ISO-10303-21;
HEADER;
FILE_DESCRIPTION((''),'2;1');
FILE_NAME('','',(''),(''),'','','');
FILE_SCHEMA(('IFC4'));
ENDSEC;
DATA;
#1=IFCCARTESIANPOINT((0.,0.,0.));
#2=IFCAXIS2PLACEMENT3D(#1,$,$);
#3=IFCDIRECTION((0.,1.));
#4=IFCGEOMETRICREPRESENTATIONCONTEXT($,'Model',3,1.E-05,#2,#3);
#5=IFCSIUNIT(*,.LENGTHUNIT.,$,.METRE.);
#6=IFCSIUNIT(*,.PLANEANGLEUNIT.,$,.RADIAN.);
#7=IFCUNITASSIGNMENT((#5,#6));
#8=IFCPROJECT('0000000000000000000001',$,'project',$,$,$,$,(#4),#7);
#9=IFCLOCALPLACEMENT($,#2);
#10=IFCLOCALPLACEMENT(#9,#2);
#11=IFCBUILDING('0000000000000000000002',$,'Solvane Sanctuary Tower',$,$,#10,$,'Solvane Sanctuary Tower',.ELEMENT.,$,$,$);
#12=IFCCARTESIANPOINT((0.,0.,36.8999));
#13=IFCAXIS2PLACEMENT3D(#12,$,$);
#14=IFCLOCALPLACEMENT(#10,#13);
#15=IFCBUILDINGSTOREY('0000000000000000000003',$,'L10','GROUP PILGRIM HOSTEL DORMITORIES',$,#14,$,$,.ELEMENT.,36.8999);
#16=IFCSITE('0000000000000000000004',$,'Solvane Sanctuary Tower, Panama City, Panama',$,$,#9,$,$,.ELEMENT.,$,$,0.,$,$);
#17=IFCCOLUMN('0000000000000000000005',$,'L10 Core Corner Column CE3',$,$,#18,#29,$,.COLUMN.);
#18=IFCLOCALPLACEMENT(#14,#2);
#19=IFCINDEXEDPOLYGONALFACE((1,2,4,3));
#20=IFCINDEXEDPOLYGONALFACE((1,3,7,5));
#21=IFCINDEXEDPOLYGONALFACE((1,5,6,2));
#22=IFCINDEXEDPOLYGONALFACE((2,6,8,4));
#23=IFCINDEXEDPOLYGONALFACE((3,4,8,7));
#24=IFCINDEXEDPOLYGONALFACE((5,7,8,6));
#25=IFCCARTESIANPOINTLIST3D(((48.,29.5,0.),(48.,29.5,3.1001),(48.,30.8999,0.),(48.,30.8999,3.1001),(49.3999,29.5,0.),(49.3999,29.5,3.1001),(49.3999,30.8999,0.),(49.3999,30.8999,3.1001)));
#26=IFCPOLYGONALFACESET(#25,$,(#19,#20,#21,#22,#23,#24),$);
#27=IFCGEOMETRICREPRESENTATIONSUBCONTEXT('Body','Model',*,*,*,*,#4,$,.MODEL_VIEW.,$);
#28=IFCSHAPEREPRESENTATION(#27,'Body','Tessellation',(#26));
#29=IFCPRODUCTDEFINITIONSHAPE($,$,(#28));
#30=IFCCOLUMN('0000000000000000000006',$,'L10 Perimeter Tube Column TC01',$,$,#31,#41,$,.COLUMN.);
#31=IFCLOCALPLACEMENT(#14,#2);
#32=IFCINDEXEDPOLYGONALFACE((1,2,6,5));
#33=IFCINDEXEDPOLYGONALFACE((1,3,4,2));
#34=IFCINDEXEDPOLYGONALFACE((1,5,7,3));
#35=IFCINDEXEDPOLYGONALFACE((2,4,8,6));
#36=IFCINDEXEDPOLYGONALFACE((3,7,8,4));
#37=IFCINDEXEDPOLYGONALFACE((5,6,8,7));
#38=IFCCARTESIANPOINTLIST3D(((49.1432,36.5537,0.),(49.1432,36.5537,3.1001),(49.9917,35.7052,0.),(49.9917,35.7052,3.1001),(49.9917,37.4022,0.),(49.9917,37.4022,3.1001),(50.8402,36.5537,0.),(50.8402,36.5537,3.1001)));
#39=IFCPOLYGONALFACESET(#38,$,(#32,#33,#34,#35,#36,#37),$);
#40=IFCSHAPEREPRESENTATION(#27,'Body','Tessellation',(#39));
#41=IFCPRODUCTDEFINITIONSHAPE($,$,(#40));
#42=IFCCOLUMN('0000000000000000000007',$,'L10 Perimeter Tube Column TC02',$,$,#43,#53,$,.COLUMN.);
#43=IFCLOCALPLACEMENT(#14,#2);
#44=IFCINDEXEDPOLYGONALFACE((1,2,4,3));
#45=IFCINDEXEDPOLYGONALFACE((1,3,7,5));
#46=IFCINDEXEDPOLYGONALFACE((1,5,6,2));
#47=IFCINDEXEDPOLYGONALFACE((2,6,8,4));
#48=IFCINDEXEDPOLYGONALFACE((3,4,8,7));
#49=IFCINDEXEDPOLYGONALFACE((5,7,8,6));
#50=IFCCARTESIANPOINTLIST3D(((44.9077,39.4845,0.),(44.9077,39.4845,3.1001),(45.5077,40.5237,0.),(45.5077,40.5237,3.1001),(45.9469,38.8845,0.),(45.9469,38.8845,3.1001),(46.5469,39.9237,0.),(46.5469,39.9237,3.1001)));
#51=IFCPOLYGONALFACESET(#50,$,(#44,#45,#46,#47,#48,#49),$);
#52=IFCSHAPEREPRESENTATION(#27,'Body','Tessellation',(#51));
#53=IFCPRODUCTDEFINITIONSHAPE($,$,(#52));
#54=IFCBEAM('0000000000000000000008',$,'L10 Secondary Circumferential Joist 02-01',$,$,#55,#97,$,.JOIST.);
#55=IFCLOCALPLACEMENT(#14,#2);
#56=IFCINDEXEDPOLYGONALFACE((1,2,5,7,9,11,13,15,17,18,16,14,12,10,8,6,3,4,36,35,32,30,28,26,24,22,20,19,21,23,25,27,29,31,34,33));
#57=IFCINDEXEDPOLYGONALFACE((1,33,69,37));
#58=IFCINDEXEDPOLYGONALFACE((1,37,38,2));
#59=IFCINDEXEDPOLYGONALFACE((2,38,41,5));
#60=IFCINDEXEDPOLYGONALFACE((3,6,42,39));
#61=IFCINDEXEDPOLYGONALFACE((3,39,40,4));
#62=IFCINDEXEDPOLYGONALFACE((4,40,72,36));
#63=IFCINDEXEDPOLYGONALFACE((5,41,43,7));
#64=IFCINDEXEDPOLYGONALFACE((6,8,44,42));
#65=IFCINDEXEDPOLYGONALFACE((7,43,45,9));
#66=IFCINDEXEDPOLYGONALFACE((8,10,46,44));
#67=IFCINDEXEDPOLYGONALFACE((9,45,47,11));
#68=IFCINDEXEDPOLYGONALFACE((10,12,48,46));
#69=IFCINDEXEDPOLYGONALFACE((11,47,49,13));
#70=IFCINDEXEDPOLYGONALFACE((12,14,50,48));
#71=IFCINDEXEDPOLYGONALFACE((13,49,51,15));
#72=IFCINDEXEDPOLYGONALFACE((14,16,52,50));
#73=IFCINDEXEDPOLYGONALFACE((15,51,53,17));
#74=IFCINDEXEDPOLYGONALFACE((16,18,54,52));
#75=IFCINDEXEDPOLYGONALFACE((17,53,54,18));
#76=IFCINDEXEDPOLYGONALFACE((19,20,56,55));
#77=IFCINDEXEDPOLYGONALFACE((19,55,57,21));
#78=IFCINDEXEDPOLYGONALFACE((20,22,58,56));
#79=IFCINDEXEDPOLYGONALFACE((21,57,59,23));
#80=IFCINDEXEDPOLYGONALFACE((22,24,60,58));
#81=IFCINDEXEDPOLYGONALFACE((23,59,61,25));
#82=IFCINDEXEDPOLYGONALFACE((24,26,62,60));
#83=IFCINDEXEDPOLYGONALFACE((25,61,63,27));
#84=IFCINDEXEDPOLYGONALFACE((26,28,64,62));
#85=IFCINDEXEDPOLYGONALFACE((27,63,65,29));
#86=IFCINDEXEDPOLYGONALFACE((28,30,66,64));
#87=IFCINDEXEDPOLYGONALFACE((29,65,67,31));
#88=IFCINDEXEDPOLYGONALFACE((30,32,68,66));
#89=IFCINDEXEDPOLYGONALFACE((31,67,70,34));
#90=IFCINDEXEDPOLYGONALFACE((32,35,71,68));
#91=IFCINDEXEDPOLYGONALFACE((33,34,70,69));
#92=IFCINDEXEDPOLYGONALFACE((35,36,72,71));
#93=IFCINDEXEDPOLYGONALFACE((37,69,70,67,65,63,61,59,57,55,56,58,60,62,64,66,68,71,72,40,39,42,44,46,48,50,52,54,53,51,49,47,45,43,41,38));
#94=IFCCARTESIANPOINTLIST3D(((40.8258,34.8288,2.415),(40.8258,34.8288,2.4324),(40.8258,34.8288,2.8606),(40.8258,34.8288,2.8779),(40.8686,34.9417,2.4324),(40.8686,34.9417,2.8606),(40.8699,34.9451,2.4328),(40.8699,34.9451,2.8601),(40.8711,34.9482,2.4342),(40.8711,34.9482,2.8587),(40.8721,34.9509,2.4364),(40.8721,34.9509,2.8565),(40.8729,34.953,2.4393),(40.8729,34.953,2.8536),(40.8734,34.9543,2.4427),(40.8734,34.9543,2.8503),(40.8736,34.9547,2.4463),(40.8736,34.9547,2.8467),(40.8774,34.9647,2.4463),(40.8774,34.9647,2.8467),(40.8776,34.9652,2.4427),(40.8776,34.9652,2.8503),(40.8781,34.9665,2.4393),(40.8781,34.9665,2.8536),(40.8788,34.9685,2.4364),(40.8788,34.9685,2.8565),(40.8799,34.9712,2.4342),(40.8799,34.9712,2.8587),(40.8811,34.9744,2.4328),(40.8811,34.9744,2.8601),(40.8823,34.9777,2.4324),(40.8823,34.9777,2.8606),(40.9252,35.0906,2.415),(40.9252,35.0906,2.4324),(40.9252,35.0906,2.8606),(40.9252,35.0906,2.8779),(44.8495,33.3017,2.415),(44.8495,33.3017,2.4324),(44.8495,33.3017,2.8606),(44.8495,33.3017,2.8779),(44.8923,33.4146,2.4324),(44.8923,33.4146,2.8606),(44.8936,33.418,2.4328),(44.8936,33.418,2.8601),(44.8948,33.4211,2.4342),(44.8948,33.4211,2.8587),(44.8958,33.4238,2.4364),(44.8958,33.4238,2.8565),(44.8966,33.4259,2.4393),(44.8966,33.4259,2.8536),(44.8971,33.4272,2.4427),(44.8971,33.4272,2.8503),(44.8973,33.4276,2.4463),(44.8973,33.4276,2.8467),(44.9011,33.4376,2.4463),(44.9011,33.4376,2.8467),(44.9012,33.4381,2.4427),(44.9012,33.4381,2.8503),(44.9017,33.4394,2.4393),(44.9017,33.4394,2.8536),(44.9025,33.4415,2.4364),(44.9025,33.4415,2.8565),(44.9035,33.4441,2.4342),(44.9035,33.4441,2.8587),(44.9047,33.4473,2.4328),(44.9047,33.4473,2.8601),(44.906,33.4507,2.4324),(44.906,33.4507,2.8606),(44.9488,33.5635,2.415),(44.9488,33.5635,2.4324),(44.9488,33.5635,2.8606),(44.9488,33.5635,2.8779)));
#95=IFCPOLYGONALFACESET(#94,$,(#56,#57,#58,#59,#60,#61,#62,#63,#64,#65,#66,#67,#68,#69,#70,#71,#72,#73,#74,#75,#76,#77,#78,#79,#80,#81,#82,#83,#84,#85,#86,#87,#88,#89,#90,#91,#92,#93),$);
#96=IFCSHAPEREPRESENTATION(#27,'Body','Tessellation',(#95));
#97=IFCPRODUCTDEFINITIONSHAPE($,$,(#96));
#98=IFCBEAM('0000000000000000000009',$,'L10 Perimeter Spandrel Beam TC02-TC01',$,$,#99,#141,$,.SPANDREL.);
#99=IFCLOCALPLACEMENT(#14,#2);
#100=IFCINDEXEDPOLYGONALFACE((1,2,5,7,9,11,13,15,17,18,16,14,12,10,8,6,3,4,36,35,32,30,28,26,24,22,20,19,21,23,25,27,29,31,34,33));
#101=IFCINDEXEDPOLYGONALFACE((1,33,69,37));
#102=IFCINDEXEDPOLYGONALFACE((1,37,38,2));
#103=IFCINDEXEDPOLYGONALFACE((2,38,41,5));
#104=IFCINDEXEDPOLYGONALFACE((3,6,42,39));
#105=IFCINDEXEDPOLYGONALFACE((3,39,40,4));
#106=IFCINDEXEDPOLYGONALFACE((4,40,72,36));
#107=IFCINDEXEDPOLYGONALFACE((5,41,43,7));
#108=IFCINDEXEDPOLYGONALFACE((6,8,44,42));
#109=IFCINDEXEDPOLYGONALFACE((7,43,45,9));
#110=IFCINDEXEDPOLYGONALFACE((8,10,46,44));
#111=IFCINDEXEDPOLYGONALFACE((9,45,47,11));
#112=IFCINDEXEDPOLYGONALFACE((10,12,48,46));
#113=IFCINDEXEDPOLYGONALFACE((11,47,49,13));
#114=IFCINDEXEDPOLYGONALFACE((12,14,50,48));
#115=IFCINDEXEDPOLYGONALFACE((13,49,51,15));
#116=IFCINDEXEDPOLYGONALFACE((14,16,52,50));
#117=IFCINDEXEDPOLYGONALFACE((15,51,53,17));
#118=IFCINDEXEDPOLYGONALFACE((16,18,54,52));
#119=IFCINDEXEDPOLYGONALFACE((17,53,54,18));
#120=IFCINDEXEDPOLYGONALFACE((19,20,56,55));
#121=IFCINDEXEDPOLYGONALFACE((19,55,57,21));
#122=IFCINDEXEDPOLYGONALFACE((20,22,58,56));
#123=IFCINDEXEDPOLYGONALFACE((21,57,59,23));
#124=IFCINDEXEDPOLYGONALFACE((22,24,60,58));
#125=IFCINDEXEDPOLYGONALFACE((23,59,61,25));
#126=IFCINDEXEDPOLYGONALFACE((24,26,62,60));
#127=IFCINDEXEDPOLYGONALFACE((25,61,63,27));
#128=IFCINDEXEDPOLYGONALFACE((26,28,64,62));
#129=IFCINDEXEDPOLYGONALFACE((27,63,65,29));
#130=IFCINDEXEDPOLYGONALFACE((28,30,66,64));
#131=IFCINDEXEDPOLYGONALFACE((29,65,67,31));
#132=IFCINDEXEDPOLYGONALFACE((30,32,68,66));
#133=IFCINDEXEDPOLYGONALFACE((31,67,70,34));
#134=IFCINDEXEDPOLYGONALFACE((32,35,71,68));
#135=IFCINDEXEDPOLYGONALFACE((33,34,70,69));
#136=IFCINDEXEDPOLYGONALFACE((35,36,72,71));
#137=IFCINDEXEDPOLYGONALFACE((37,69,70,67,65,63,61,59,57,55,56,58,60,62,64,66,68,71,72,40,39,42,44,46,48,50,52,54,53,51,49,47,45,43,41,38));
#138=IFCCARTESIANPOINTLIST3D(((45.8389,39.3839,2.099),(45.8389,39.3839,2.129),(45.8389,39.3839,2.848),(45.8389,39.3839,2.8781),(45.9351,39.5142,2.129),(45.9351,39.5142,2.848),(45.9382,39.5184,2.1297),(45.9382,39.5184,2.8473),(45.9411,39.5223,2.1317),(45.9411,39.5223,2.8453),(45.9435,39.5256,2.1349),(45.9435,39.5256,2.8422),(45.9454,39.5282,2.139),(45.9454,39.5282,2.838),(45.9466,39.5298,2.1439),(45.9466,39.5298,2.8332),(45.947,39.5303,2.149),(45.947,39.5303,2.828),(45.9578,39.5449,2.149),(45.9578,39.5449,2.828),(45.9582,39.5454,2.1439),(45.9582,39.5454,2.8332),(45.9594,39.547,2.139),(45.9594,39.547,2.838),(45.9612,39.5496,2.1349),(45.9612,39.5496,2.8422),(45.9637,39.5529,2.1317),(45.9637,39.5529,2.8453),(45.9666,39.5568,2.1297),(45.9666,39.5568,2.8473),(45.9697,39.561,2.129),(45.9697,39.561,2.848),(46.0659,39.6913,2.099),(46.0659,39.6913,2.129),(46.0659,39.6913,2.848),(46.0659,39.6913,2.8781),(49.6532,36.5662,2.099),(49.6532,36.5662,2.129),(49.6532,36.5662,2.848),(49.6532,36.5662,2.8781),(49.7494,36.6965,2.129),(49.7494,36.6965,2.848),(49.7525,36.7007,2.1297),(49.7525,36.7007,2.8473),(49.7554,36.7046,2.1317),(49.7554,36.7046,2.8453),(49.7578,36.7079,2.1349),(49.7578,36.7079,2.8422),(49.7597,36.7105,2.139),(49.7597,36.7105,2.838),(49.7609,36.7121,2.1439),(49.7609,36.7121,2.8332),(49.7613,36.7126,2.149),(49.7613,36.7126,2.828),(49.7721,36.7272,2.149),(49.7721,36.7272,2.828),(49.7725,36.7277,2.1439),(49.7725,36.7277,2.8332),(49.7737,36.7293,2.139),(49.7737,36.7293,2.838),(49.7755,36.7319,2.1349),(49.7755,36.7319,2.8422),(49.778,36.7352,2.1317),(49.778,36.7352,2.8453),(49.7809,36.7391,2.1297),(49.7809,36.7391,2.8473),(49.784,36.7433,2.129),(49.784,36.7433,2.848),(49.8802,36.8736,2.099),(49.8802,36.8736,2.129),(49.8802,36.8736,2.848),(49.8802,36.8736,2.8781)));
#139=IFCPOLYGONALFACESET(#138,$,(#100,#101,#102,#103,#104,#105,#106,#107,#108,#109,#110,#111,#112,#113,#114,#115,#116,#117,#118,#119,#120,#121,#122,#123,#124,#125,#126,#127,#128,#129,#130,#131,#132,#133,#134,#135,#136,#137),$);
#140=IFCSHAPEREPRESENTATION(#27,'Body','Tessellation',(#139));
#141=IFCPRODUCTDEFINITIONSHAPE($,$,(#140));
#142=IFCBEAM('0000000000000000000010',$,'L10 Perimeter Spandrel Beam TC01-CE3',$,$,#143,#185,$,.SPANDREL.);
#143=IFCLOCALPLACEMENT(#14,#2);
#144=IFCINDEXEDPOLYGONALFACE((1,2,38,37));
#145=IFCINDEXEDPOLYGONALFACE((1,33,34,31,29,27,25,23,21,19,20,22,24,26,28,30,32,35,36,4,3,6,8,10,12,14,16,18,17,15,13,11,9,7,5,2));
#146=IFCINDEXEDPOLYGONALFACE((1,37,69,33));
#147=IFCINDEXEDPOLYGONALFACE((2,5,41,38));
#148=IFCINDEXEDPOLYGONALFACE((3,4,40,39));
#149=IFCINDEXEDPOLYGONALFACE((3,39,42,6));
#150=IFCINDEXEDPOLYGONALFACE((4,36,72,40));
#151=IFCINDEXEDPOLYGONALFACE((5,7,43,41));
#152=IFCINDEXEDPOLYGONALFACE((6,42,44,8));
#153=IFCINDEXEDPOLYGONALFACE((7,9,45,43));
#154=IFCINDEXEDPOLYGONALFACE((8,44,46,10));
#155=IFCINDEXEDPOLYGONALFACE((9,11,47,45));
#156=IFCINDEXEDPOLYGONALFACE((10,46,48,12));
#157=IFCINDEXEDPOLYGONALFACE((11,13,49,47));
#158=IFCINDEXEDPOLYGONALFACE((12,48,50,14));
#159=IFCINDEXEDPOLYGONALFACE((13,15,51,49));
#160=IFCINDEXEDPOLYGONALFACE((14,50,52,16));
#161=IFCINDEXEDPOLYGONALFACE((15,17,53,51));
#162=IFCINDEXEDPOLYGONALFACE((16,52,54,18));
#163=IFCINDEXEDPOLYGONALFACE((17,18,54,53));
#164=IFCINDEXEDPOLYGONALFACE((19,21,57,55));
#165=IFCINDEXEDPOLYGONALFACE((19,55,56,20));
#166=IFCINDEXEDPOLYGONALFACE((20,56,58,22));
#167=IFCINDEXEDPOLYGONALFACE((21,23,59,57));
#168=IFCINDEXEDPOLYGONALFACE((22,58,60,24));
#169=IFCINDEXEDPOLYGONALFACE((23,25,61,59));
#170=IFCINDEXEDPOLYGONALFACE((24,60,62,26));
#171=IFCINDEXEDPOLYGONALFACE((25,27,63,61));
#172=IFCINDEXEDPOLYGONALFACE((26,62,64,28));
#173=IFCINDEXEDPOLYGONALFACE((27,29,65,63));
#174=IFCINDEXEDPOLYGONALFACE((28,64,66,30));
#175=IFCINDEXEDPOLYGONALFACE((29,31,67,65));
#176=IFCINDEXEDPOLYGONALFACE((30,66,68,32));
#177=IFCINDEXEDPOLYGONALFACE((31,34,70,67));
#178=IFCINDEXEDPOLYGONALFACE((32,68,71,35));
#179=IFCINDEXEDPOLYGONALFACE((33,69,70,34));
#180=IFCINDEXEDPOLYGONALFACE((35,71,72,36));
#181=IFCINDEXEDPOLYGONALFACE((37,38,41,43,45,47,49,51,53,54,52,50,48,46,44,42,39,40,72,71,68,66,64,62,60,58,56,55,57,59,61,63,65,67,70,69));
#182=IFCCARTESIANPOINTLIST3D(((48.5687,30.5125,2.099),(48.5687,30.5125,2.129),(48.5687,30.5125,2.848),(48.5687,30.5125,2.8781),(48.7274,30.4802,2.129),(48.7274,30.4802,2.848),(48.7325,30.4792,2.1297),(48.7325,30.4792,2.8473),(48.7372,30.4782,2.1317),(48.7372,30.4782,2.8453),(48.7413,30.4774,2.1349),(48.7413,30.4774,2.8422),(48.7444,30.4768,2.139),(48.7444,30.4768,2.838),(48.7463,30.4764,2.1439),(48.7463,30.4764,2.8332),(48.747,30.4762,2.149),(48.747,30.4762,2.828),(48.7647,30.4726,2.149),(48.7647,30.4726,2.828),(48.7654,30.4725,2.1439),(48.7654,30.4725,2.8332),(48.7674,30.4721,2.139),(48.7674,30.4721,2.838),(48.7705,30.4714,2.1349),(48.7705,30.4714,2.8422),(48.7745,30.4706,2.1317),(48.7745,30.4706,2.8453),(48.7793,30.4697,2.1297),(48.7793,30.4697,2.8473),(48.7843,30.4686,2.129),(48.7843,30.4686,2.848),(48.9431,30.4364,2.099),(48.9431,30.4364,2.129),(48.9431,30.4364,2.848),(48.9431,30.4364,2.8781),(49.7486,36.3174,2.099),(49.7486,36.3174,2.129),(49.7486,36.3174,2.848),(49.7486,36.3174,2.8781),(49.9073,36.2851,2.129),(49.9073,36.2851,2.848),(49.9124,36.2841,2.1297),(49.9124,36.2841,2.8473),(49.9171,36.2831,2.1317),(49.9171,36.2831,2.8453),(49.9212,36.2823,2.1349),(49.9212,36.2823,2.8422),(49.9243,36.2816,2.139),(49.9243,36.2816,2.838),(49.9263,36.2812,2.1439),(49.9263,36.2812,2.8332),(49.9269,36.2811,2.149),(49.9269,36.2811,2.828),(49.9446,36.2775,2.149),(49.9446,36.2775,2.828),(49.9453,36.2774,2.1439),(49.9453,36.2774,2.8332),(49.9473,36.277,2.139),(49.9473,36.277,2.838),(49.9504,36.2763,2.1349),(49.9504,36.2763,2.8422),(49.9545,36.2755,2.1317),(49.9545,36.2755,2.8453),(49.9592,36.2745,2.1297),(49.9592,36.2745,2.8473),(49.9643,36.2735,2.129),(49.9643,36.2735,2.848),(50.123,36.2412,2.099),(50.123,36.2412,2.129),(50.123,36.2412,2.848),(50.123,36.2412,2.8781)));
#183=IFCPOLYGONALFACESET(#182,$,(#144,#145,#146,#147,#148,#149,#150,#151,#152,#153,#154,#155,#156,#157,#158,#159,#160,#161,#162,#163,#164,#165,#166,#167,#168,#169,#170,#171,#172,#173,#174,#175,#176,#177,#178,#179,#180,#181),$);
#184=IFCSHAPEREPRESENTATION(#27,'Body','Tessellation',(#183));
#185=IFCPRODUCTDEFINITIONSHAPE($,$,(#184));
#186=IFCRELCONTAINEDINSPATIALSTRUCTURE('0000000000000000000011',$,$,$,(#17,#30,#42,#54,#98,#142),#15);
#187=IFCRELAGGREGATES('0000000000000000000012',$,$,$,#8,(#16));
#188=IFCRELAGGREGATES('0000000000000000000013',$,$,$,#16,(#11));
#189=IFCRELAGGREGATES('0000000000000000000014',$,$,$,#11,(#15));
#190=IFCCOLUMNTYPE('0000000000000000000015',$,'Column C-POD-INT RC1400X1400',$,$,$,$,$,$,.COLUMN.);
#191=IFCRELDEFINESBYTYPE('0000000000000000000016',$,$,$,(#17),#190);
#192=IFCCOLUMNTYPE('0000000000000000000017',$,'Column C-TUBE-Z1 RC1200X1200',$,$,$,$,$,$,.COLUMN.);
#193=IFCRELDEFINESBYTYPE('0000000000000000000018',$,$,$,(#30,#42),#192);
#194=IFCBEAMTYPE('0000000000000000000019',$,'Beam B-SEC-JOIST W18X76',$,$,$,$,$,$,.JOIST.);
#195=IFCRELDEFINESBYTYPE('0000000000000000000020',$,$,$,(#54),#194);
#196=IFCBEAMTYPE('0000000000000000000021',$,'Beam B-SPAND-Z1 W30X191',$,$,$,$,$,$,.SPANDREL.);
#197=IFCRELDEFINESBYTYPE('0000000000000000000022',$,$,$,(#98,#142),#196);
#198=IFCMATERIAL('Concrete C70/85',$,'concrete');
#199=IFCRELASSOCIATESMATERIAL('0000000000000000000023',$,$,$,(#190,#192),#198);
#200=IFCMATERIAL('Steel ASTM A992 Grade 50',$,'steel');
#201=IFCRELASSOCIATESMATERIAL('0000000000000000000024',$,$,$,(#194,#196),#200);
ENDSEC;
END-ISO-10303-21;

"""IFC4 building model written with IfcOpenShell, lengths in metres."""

from ifc_helpers import new_model, si_unit, direction, frame, origin, origin_2d, place, context, subcontext, project, spatial, rectangle, i_section, extrude, material, material_profile, profile_set, type_object, element, save


model = new_model("IFC4")

# Units and contexts
model_context = context("Model", 3, precision=1e-05, world=origin(), true_north=direction((0.0, 1.0)))
body_context = subcontext(model_context, "Body", "Model", "MODEL_VIEW")
ifc_project = project(units=[si_unit("LENGTHUNIT", "METRE"), si_unit("PLANEANGLEUNIT", "RADIAN")], contexts=[model_context])

# Site, building, storey
site_placement = place(None, origin())
site = spatial("IfcSite", under=ifc_project, at=site_placement, Name="Solvane Sanctuary Tower, Panama City, Panama", CompositionType="ELEMENT", RefElevation=0.0)
building_placement = place(site_placement, origin())
building = spatial("IfcBuilding", under=site, at=building_placement, Name="Solvane Sanctuary Tower", LongName="Solvane Sanctuary Tower", CompositionType="ELEMENT")
storey_placement = place(building_placement, frame((0.0, 0.0, 36.8999)))
storey = spatial("IfcBuildingStorey", under=building, at=storey_placement, Name="L10", Description="GROUP PILGRIM HOSTEL DORMITORIES", CompositionType="ELEMENT", Elevation=36.8999)

# Columns
ifc_material_1 = material(Name="Concrete C70/85", Category="concrete")
ifc_material_profile_1 = material_profile(ifc_material_1, rectangle(XDim=1.3999, YDim=1.3999, at=origin_2d()), Name="RC1400X1400")
ifc_profile_set_1 = profile_set([ifc_material_profile_1], Name="Concrete C70/85")
column_type_1 = type_object("IfcColumnType", Name="Column C-POD-INT RC1400X1400", PredefinedType="COLUMN", material=ifc_profile_set_1)
column_placement = place(storey_placement, frame((48.7, 30.2, 0.0), z_axis=(0.0, 0.0, 1.0), x_axis=(1.0, 0.0, 0.0)))
element("IfcColumn", 1, at=column_placement, inside=storey, type_object=column_type_1, Name="L10 Core Corner Column CE3", PredefinedType="COLUMN", context=body_context, shape_type="SweptSolid", body=[
    extrude(rectangle(XDim=1.3999, YDim=1.3999, at=origin_2d()), origin(), (0.0, 0.0, 1.0), 3.1001),
])
ifc_material_profile_2 = material_profile(ifc_material_1, rectangle(XDim=1.2, YDim=1.2, at=origin_2d()), Name="RC1200X1200")
ifc_profile_set_2 = profile_set([ifc_material_profile_2], Name="Concrete C70/85")
column_type_2 = type_object("IfcColumnType", Name="Column C-TUBE-Z1 RC1200X1200", PredefinedType="COLUMN", material=ifc_profile_set_2)
for number, where, z_axis, x_axis, name in (
    (2, (49.9917, 36.5537, 0.0), (0.0, 0.0, 1.0), (0.707107, 0.707107, 0.0), "L10 Perimeter Tube Column TC01"),
    (3, (45.7273, 39.7041, 0.0), (0.0, 0.0, 1.0), (0.5, 0.866025, 0.0), "L10 Perimeter Tube Column TC02"),
):
    element("IfcColumn", number, at=place(storey_placement, frame(where, z_axis=z_axis, x_axis=x_axis)), inside=storey, type_object=column_type_2, Name=name, PredefinedType="COLUMN", context=body_context, shape_type="SweptSolid", body=[
        extrude(rectangle(XDim=1.2, YDim=1.2, at=origin_2d()), origin(), (0.0, 0.0, 1.0), 3.1001),
    ])

# Beams
ifc_material_2 = material(Name="Steel ASTM A992 Grade 50", Category="steel")
ifc_material_profile_3 = material_profile(ifc_material_2, i_section(OverallWidth=0.28, OverallDepth=0.4629, WebThickness=0.0107, FlangeThickness=0.0173, FilletRadius=0.0139, at=origin_2d()), Name="W18X76")
ifc_profile_set_3 = profile_set([ifc_material_profile_3], Name="Steel ASTM A992 Grade 50")
beam_type_1 = type_object("IfcBeamType", Name="Beam B-SEC-JOIST W18X76", PredefinedType="JOIST", material=ifc_profile_set_3)
beam_1_placement = place(storey_placement, frame((40.8755, 34.9597, 2.6465), z_axis=(0.93493, -0.354832, 0.0), x_axis=(0.354832, 0.93493, 0.0)))
element("IfcBeam", 4, at=beam_1_placement, inside=storey, type_object=beam_type_1, Name="L10 Secondary Circumferential Joist 02-01", PredefinedType="JOIST", context=body_context, shape_type="SweptSolid", body=[
    extrude(i_section(OverallWidth=0.28, OverallDepth=0.4629, WebThickness=0.0107, FlangeThickness=0.0173, FilletRadius=0.0139, at=origin_2d()), origin(), (0.0, 0.0, 1.0), 4.3037),
])
ifc_material_profile_4 = material_profile(ifc_material_2, i_section(OverallWidth=0.3821, OverallDepth=0.7791, WebThickness=0.0181, FlangeThickness=0.03, FilletRadius=0.02, at=origin_2d()), Name="W30X191")
ifc_profile_set_4 = profile_set([ifc_material_profile_4], Name="Steel ASTM A992 Grade 50")
beam_type_2 = type_object("IfcBeamType", Name="Beam B-SPAND-Z1 W30X191", PredefinedType="SPANDREL", material=ifc_profile_set_4)
beam_2_placement = place(storey_placement, frame((45.9524, 39.5376, 2.4885), z_axis=(0.804334, -0.594177, 0.0), x_axis=(0.594177, 0.804334, 0.0)))
element("IfcBeam", 5, at=beam_2_placement, inside=storey, type_object=beam_type_2, Name="L10 Perimeter Spandrel Beam TC02-TC01", PredefinedType="SPANDREL", context=body_context, shape_type="SweptSolid", body=[
    extrude(i_section(OverallWidth=0.3821, OverallDepth=0.7791, WebThickness=0.0181, FlangeThickness=0.03, FilletRadius=0.02, at=origin_2d()), origin(), (0.0, 0.0, 1.0), 4.7422),
])
beam_3_placement = place(storey_placement, frame((49.9358, 36.2793, 2.4885), z_axis=(-0.19919, -0.979961, 0.0), x_axis=(0.979961, -0.19919, 0.0)))
element("IfcBeam", 6, at=beam_3_placement, inside=storey, type_object=beam_type_2, Name="L10 Perimeter Spandrel Beam TC01-CE3", PredefinedType="SPANDREL", context=body_context, shape_type="SweptSolid", body=[
    extrude(i_section(OverallWidth=0.3821, OverallDepth=0.7791, WebThickness=0.0181, FlangeThickness=0.03, FilletRadius=0.02, at=origin_2d()), origin(), (0.0, 0.0, 1.0), 5.9236),
])

save(model, "model.ifc")
